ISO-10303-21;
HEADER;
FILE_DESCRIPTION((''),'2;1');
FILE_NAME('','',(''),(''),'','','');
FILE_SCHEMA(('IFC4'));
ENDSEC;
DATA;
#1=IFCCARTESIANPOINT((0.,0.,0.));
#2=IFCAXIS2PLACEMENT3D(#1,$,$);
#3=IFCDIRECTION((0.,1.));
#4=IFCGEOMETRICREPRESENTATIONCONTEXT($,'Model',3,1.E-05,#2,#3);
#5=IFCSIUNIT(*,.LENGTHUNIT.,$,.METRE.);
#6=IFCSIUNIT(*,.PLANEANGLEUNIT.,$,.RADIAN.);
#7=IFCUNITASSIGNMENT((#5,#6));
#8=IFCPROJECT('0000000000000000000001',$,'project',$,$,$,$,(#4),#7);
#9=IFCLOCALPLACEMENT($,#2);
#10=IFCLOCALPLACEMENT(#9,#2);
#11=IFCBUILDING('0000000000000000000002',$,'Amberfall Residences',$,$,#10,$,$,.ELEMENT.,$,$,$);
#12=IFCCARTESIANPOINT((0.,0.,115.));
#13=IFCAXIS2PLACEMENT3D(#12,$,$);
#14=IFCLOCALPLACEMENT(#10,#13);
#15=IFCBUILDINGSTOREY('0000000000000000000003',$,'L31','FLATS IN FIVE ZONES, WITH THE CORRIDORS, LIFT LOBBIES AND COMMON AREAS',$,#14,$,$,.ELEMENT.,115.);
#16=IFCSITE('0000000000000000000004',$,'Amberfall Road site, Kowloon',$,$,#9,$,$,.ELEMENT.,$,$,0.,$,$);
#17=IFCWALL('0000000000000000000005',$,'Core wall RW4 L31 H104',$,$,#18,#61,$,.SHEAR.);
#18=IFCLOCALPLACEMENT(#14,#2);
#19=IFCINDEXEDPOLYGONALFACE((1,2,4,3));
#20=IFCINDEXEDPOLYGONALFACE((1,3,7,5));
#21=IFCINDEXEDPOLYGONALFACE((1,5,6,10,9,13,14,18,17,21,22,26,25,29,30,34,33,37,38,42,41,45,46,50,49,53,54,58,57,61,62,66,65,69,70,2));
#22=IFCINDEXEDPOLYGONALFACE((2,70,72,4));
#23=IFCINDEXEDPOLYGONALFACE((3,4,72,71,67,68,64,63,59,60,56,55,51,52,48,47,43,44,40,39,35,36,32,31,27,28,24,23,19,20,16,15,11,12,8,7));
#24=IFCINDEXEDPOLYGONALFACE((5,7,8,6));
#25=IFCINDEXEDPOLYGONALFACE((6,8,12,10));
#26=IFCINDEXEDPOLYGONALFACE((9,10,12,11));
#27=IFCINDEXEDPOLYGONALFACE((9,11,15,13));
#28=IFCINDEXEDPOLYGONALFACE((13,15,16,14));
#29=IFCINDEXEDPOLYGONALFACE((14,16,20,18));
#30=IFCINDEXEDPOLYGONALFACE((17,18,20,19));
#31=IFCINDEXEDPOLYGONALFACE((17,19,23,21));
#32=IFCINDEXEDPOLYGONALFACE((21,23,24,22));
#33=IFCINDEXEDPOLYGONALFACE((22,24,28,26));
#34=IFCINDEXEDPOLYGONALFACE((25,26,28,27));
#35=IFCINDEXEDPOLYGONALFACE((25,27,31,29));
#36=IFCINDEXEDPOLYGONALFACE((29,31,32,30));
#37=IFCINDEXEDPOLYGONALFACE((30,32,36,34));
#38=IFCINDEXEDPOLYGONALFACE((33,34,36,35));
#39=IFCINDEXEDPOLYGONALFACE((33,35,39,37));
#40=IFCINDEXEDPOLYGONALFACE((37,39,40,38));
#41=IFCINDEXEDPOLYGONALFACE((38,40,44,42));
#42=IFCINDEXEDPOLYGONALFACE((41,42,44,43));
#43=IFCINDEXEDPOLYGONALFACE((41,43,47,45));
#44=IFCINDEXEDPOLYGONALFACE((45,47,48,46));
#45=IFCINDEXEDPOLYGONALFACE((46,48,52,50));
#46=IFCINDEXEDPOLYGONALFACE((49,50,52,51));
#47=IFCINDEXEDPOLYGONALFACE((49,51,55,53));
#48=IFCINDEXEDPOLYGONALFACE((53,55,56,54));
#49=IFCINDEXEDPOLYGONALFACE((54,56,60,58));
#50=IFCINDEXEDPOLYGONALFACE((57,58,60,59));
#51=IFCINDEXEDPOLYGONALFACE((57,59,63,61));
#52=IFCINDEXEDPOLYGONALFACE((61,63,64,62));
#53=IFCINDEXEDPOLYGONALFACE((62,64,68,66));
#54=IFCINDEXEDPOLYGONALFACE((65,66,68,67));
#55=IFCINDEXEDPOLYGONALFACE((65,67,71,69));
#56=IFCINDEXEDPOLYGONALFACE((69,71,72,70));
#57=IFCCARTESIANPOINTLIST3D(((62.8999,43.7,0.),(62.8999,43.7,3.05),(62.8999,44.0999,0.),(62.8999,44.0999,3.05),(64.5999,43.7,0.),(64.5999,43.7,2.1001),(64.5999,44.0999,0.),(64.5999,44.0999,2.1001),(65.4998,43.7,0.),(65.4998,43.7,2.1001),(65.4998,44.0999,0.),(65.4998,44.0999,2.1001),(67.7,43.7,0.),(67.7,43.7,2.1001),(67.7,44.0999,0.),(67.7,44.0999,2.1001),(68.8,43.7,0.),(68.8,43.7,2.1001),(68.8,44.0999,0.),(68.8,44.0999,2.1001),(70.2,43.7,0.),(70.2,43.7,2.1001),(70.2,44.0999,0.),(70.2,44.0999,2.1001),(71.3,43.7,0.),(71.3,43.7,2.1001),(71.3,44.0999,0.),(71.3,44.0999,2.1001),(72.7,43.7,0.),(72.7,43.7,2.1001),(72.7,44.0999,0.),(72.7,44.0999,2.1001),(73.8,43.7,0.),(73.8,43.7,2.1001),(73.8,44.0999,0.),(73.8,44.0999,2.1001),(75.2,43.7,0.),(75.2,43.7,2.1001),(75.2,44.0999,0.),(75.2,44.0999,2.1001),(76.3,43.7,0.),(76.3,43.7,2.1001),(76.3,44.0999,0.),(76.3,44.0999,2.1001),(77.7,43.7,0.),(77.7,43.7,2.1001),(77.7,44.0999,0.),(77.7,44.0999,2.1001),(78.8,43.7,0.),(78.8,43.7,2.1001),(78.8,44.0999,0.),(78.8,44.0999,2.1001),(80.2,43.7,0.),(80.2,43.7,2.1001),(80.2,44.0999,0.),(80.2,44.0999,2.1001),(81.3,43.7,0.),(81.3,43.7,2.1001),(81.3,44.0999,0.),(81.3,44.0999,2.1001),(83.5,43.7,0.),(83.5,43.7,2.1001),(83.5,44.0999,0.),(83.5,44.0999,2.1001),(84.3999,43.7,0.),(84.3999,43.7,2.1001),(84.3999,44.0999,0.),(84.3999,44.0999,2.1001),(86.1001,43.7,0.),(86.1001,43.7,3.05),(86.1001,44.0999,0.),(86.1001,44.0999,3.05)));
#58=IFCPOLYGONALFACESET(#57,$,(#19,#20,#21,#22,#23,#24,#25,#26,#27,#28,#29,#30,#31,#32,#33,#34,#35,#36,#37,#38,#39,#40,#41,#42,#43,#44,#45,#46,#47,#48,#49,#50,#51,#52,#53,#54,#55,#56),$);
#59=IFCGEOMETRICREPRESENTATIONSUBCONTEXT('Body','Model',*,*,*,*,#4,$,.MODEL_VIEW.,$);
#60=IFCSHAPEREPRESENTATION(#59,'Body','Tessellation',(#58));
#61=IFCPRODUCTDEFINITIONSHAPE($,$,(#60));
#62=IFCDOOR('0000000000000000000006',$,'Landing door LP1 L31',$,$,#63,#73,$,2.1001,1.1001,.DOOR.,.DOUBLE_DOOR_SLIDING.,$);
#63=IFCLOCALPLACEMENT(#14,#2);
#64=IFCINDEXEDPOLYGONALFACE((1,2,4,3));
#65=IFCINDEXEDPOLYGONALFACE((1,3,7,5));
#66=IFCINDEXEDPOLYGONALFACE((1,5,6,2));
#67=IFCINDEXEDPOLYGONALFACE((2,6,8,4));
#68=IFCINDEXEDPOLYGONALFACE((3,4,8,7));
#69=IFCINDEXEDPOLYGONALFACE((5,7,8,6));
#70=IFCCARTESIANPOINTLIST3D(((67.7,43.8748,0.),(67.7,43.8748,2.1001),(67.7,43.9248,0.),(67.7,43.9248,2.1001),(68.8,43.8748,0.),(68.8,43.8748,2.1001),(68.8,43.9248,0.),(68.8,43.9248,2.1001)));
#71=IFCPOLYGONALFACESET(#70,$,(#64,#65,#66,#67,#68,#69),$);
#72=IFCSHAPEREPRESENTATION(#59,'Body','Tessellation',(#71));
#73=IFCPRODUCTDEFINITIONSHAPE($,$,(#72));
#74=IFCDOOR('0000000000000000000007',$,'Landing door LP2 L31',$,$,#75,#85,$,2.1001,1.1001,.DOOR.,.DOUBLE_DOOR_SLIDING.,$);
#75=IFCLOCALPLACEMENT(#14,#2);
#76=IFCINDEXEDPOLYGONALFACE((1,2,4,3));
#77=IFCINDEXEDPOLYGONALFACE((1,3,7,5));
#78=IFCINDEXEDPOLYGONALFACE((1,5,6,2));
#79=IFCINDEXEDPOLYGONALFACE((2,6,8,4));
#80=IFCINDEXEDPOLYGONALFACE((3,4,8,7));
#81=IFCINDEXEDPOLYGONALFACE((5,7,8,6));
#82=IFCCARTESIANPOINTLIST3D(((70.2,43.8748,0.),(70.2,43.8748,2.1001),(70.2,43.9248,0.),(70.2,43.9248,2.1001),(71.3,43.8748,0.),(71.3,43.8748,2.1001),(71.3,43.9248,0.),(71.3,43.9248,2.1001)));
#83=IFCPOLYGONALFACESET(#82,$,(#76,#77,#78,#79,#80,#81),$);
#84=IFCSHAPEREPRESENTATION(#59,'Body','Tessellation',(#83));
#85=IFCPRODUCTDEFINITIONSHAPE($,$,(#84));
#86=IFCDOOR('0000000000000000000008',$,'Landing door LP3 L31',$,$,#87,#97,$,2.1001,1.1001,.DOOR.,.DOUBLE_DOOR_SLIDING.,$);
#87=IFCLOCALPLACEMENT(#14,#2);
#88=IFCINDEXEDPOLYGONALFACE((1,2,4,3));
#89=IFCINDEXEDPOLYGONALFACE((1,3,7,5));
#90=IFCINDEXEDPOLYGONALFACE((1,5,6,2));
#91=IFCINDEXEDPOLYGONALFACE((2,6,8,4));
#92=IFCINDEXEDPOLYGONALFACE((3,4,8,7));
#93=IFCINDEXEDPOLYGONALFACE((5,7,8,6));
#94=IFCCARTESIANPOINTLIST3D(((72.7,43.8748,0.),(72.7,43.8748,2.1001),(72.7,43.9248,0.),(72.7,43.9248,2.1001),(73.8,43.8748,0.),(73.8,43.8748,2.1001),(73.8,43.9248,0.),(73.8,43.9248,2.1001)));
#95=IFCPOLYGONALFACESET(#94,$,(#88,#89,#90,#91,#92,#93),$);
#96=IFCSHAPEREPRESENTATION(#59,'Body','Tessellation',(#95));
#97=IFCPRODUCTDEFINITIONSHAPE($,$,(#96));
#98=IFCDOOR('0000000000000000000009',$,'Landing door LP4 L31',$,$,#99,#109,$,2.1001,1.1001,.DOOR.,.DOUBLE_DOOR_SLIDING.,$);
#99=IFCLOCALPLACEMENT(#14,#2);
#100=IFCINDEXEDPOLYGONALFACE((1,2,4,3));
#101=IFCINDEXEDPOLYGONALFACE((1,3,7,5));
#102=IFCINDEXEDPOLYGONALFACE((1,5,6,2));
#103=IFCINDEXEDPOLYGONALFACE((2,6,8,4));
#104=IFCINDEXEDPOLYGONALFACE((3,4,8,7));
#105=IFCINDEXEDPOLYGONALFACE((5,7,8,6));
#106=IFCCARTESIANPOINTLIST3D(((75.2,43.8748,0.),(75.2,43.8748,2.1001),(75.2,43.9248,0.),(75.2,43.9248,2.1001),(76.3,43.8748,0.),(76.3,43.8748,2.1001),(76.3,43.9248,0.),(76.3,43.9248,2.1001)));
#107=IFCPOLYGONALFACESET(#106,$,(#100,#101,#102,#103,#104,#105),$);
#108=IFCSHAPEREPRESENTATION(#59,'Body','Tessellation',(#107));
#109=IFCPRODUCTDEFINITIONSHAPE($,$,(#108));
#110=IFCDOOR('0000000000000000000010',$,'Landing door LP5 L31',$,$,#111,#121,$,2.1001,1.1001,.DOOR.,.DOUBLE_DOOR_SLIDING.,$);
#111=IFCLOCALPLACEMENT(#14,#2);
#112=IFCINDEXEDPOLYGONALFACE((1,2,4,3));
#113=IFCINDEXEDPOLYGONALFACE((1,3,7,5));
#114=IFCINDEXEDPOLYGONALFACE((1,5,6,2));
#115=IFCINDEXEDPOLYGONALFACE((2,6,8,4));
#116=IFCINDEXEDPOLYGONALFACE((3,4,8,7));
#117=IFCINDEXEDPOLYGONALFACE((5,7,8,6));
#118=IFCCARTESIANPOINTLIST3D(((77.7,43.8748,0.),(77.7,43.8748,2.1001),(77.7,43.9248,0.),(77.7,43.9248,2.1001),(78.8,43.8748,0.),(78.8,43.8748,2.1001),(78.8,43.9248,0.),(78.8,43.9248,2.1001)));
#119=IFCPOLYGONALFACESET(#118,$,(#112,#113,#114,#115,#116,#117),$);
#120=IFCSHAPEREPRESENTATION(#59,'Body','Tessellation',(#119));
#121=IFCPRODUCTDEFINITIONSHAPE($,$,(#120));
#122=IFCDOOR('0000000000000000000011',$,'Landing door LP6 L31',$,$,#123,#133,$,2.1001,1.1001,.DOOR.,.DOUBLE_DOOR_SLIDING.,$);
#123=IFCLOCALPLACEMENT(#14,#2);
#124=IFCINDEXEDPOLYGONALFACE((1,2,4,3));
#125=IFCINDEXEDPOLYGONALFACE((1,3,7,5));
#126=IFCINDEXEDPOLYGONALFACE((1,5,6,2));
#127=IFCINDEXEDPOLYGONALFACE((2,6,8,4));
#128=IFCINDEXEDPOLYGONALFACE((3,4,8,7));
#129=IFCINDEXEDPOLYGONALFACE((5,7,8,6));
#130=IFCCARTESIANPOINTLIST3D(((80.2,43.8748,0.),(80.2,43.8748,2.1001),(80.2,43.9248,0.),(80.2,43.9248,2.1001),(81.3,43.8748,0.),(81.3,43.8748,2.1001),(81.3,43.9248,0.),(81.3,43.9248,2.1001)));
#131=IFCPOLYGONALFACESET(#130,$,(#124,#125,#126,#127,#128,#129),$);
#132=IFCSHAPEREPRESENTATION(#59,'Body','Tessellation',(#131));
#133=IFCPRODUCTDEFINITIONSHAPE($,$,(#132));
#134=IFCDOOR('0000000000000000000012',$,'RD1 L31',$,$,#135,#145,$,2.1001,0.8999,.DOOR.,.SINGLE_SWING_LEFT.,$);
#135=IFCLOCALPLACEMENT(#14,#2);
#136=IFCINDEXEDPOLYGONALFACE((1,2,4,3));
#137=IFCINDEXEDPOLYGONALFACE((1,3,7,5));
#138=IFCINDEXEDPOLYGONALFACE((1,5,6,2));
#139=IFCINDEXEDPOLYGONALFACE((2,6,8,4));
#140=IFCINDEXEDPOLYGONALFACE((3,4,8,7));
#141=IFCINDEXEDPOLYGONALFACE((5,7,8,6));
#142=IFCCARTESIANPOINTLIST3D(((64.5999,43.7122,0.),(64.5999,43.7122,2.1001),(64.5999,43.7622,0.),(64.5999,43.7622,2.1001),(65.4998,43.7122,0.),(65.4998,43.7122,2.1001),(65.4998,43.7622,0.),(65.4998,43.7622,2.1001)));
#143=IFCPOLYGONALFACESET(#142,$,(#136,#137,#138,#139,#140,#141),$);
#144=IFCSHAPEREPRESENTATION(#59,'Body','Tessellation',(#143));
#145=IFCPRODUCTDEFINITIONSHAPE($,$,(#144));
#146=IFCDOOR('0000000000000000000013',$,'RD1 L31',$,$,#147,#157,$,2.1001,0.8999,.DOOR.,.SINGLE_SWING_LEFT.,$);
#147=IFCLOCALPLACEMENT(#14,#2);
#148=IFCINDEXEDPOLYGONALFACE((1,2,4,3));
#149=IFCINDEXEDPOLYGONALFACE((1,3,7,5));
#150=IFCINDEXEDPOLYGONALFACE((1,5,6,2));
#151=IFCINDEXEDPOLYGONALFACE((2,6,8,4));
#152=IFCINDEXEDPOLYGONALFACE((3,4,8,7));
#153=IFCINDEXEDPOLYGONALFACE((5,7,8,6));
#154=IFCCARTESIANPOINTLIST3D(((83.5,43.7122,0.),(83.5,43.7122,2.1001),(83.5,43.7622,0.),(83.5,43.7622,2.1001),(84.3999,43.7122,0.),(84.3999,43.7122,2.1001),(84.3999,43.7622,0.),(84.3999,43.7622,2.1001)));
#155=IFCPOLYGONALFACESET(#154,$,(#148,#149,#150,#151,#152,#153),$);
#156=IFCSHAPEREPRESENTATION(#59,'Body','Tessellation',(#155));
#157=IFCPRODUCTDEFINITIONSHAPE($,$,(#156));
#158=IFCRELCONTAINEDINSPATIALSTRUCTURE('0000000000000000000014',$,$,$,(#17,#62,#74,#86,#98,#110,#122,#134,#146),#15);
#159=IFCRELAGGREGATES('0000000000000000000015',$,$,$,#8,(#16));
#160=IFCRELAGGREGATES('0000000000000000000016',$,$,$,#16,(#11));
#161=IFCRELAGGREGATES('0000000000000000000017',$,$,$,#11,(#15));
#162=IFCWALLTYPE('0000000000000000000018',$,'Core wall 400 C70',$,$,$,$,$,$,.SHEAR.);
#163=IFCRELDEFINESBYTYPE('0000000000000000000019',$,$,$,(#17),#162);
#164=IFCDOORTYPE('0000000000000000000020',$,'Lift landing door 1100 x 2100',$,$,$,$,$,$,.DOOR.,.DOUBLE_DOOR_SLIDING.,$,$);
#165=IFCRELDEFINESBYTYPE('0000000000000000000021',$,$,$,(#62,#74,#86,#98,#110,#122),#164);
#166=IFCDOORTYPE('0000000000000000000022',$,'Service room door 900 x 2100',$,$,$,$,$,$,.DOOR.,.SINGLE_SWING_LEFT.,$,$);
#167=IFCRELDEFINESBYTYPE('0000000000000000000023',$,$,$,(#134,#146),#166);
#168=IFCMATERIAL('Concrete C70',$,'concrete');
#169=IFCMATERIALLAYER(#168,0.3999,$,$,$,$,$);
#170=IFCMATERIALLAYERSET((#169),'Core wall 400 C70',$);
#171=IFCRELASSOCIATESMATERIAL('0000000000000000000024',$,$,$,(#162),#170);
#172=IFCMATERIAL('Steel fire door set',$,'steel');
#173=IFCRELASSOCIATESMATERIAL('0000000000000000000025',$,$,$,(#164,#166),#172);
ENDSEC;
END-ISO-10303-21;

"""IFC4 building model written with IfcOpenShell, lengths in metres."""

from ifc_helpers import new_model, si_unit, direction, frame, frame_2d, origin, place, context, subcontext, project, spatial, rectangle, extrude, material, layer, layer_set, type_object, element, fill, save


model = new_model("IFC4")

# Units and contexts
model_context = context("Model", 3, precision=1e-05, world=origin(), true_north=direction((0.0, 1.0)))
body_context = subcontext(model_context, "Body", "Model", "MODEL_VIEW")
ifc_project = project(units=[si_unit("LENGTHUNIT", "METRE"), si_unit("PLANEANGLEUNIT", "RADIAN")], contexts=[model_context])

# Site, building, storey
site_placement = place(None, origin())
site = spatial("IfcSite", under=ifc_project, at=site_placement, Name="Amberfall Road site, Kowloon", CompositionType="ELEMENT", RefElevation=0.0)
building_placement = place(site_placement, origin())
building = spatial("IfcBuilding", under=site, at=building_placement, Name="Amberfall Residences", CompositionType="ELEMENT")
storey_placement = place(building_placement, frame((0.0, 0.0, 115.0)))
storey = spatial("IfcBuildingStorey", under=building, at=storey_placement, Name="L31", Description="FLATS IN FIVE ZONES, WITH THE CORRIDORS, LIFT LOBBIES AND COMMON AREAS", CompositionType="ELEMENT", Elevation=115.0)

# Shared definitions
ifc_material_1 = material(Name="Concrete C70", Category="concrete")
ifc_layer = layer(ifc_material_1, 0.3999)
ifc_layer_set = layer_set([ifc_layer], Name="Core wall 400 C70")
wall_type = type_object("IfcWallType", Name="Core wall 400 C70", PredefinedType="SHEAR", material=ifc_layer_set)

# Wall, openings, doors
wall_1_placement = place(storey_placement, frame((62.8999, 43.8999, 0.0), z_axis=(0.0, 0.0, 1.0), x_axis=(1.0, 0.0, 0.0)))
wall_1 = element("IfcWall", 1, at=wall_1_placement, inside=storey, type_object=wall_type, Name="Core wall RW4 L31 H104", PredefinedType="SHEAR", context=body_context, shape_type="SweptSolid", body=[
    extrude(rectangle(XDim=23.2002, YDim=0.3999, at=frame_2d((11.6001, 0.0))), origin(), (0.0, 0.0, 1.0), 3.05),
])
opening_1_placement = place(wall_1_placement, frame((1.7, 0.0, 0.0)))
opening_1 = element("IfcOpeningElement", 2, at=opening_1_placement, cuts=wall_1, PredefinedType="OPENING", context=body_context, shape_type="SweptSolid", body=[
    extrude(rectangle(XDim=0.8999, YDim=2.1001, at=frame_2d((0.45, 1.05))), frame((0.0, 0.21, 0.0), z_axis=(0.0, -1.0, 0.0), x_axis=(1.0, 0.0, 0.0)), (0.0, 0.0, 1.0), 0.4199),
])
opening_2_placement = place(wall_1_placement, frame((20.6001, 0.0, 0.0)))
opening_2 = element("IfcOpeningElement", 3, at=opening_2_placement, cuts=wall_1, PredefinedType="OPENING", context=body_context, shape_type="SweptSolid", body=[
    extrude(rectangle(XDim=0.8999, YDim=2.1001, at=frame_2d((0.45, 1.05))), frame((0.0, 0.21, 0.0), z_axis=(0.0, -1.0, 0.0), x_axis=(1.0, 0.0, 0.0)), (0.0, 0.0, 1.0), 0.4199),
])
opening_3_placement = place(wall_1_placement, frame((4.8, 0.0, 0.0)))
opening_3 = element("IfcOpeningElement", 4, at=opening_3_placement, cuts=wall_1, PredefinedType="OPENING", context=body_context, shape_type="SweptSolid", body=[
    extrude(rectangle(XDim=1.1001, YDim=2.1001, at=frame_2d((0.55, 1.05))), frame((0.0, 0.21, 0.0), z_axis=(0.0, -1.0, 0.0), x_axis=(1.0, 0.0, 0.0)), (0.0, 0.0, 1.0), 0.4199),
])
opening_4_placement = place(wall_1_placement, frame((7.3, 0.0, 0.0)))
opening_4 = element("IfcOpeningElement", 5, at=opening_4_placement, cuts=wall_1, PredefinedType="OPENING", context=body_context, shape_type="SweptSolid", body=[
    extrude(rectangle(XDim=1.1001, YDim=2.1001, at=frame_2d((0.55, 1.05))), frame((0.0, 0.21, 0.0), z_axis=(0.0, -1.0, 0.0), x_axis=(1.0, 0.0, 0.0)), (0.0, 0.0, 1.0), 0.4199),
])
opening_5_placement = place(wall_1_placement, frame((9.8, 0.0, 0.0)))
opening_5 = element("IfcOpeningElement", 6, at=opening_5_placement, cuts=wall_1, PredefinedType="OPENING", context=body_context, shape_type="SweptSolid", body=[
    extrude(rectangle(XDim=1.1001, YDim=2.1001, at=frame_2d((0.55, 1.05))), frame((0.0, 0.21, 0.0), z_axis=(0.0, -1.0, 0.0), x_axis=(1.0, 0.0, 0.0)), (0.0, 0.0, 1.0), 0.4199),
])
opening_6_placement = place(wall_1_placement, frame((12.3, 0.0, 0.0)))
opening_6 = element("IfcOpeningElement", 7, at=opening_6_placement, cuts=wall_1, PredefinedType="OPENING", context=body_context, shape_type="SweptSolid", body=[
    extrude(rectangle(XDim=1.1001, YDim=2.1001, at=frame_2d((0.55, 1.05))), frame((0.0, 0.21, 0.0), z_axis=(0.0, -1.0, 0.0), x_axis=(1.0, 0.0, 0.0)), (0.0, 0.0, 1.0), 0.4199),
])
opening_7_placement = place(wall_1_placement, frame((14.8, 0.0, 0.0)))
opening_7 = element("IfcOpeningElement", 8, at=opening_7_placement, cuts=wall_1, PredefinedType="OPENING", context=body_context, shape_type="SweptSolid", body=[
    extrude(rectangle(XDim=1.1001, YDim=2.1001, at=frame_2d((0.55, 1.05))), frame((0.0, 0.21, 0.0), z_axis=(0.0, -1.0, 0.0), x_axis=(1.0, 0.0, 0.0)), (0.0, 0.0, 1.0), 0.4199),
])
opening_8_placement = place(wall_1_placement, frame((17.3, 0.0, 0.0)))
opening_8 = element("IfcOpeningElement", 9, at=opening_8_placement, cuts=wall_1, PredefinedType="OPENING", context=body_context, shape_type="SweptSolid", body=[
    extrude(rectangle(XDim=1.1001, YDim=2.1001, at=frame_2d((0.55, 1.05))), frame((0.0, 0.21, 0.0), z_axis=(0.0, -1.0, 0.0), x_axis=(1.0, 0.0, 0.0)), (0.0, 0.0, 1.0), 0.4199),
])
ifc_material_2 = material(Name="Steel fire door set", Category="steel")
door_type_1 = type_object("IfcDoorType", Name="Lift landing door 1100 x 2100", OperationType="DOUBLE_DOOR_SLIDING", PredefinedType="DOOR", material=ifc_material_2)
door_1_placement = place(opening_3_placement, origin())
door_1 = element("IfcDoor", 10, at=door_1_placement, inside=storey, type_object=door_type_1, Name="Landing door LP1 L31", OperationType="DOUBLE_DOOR_SLIDING", OverallHeight=2.1001, OverallWidth=1.1001, PredefinedType="DOOR", context=body_context, shape_type="SweptSolid", body=[
    extrude(rectangle(XDim=1.1001, YDim=2.1001, at=frame_2d((0.55, 1.05))), frame((0.0, 0.0249, 0.0), z_axis=(0.0, -1.0, 0.0), x_axis=(1.0, 0.0, 0.0)), (0.0, 0.0, 1.0), 0.05),
])
fill(opening_3, door_1)
door_2_placement = place(opening_4_placement, origin())
door_2 = element("IfcDoor", 11, at=door_2_placement, inside=storey, type_object=door_type_1, Name="Landing door LP2 L31", OperationType="DOUBLE_DOOR_SLIDING", OverallHeight=2.1001, OverallWidth=1.1001, PredefinedType="DOOR", context=body_context, shape_type="SweptSolid", body=[
    extrude(rectangle(XDim=1.1001, YDim=2.1001, at=frame_2d((0.55, 1.05))), frame((0.0, 0.0249, 0.0), z_axis=(0.0, -1.0, 0.0), x_axis=(1.0, 0.0, 0.0)), (0.0, 0.0, 1.0), 0.05),
])
fill(opening_4, door_2)
door_3_placement = place(opening_5_placement, origin())
door_3 = element("IfcDoor", 12, at=door_3_placement, inside=storey, type_object=door_type_1, Name="Landing door LP3 L31", OperationType="DOUBLE_DOOR_SLIDING", OverallHeight=2.1001, OverallWidth=1.1001, PredefinedType="DOOR", context=body_context, shape_type="SweptSolid", body=[
    extrude(rectangle(XDim=1.1001, YDim=2.1001, at=frame_2d((0.55, 1.05))), frame((0.0, 0.0249, 0.0), z_axis=(0.0, -1.0, 0.0), x_axis=(1.0, 0.0, 0.0)), (0.0, 0.0, 1.0), 0.05),
])
fill(opening_5, door_3)
door_4_placement = place(opening_6_placement, origin())
door_4 = element("IfcDoor", 13, at=door_4_placement, inside=storey, type_object=door_type_1, Name="Landing door LP4 L31", OperationType="DOUBLE_DOOR_SLIDING", OverallHeight=2.1001, OverallWidth=1.1001, PredefinedType="DOOR", context=body_context, shape_type="SweptSolid", body=[
    extrude(rectangle(XDim=1.1001, YDim=2.1001, at=frame_2d((0.55, 1.05))), frame((0.0, 0.0249, 0.0), z_axis=(0.0, -1.0, 0.0), x_axis=(1.0, 0.0, 0.0)), (0.0, 0.0, 1.0), 0.05),
])
fill(opening_6, door_4)
door_5_placement = place(opening_7_placement, origin())
door_5 = element("IfcDoor", 14, at=door_5_placement, inside=storey, type_object=door_type_1, Name="Landing door LP5 L31", OperationType="DOUBLE_DOOR_SLIDING", OverallHeight=2.1001, OverallWidth=1.1001, PredefinedType="DOOR", context=body_context, shape_type="SweptSolid", body=[
    extrude(rectangle(XDim=1.1001, YDim=2.1001, at=frame_2d((0.55, 1.05))), frame((0.0, 0.0249, 0.0), z_axis=(0.0, -1.0, 0.0), x_axis=(1.0, 0.0, 0.0)), (0.0, 0.0, 1.0), 0.05),
])
fill(opening_7, door_5)
door_6_placement = place(opening_8_placement, origin())
door_6 = element("IfcDoor", 15, at=door_6_placement, inside=storey, type_object=door_type_1, Name="Landing door LP6 L31", OperationType="DOUBLE_DOOR_SLIDING", OverallHeight=2.1001, OverallWidth=1.1001, PredefinedType="DOOR", context=body_context, shape_type="SweptSolid", body=[
    extrude(rectangle(XDim=1.1001, YDim=2.1001, at=frame_2d((0.55, 1.05))), frame((0.0, 0.0249, 0.0), z_axis=(0.0, -1.0, 0.0), x_axis=(1.0, 0.0, 0.0)), (0.0, 0.0, 1.0), 0.05),
])
fill(opening_8, door_6)
door_type_2 = type_object("IfcDoorType", Name="Service room door 900 x 2100", OperationType="SINGLE_SWING_LEFT", PredefinedType="DOOR", material=ifc_material_2)
door_7_placement = place(opening_1_placement, origin())
door_7 = element("IfcDoor", 16, at=door_7_placement, inside=storey, type_object=door_type_2, Name="RD1 L31", OperationType="SINGLE_SWING_LEFT", OverallHeight=2.1001, OverallWidth=0.8999, PredefinedType="DOOR", context=body_context, shape_type="SweptSolid", body=[
    extrude(rectangle(XDim=0.8999, YDim=2.1001, at=frame_2d((0.45, 1.05))), frame((0.0, -0.1377, 0.0), z_axis=(0.0, -1.0, 0.0), x_axis=(1.0, 0.0, 0.0)), (0.0, 0.0, 1.0), 0.05),
])
fill(opening_1, door_7)
door_8_placement = place(opening_2_placement, origin())
door_8 = element("IfcDoor", 17, at=door_8_placement, inside=storey, type_object=door_type_2, Name="RD1 L31", OperationType="SINGLE_SWING_LEFT", OverallHeight=2.1001, OverallWidth=0.8999, PredefinedType="DOOR", context=body_context, shape_type="SweptSolid", body=[
    extrude(rectangle(XDim=0.8999, YDim=2.1001, at=frame_2d((0.45, 1.05))), frame((0.0, -0.1377, 0.0), z_axis=(0.0, -1.0, 0.0), x_axis=(1.0, 0.0, 0.0)), (0.0, 0.0, 1.0), 0.05),
])
fill(opening_2, door_8)

save(model, "model.ifc")
